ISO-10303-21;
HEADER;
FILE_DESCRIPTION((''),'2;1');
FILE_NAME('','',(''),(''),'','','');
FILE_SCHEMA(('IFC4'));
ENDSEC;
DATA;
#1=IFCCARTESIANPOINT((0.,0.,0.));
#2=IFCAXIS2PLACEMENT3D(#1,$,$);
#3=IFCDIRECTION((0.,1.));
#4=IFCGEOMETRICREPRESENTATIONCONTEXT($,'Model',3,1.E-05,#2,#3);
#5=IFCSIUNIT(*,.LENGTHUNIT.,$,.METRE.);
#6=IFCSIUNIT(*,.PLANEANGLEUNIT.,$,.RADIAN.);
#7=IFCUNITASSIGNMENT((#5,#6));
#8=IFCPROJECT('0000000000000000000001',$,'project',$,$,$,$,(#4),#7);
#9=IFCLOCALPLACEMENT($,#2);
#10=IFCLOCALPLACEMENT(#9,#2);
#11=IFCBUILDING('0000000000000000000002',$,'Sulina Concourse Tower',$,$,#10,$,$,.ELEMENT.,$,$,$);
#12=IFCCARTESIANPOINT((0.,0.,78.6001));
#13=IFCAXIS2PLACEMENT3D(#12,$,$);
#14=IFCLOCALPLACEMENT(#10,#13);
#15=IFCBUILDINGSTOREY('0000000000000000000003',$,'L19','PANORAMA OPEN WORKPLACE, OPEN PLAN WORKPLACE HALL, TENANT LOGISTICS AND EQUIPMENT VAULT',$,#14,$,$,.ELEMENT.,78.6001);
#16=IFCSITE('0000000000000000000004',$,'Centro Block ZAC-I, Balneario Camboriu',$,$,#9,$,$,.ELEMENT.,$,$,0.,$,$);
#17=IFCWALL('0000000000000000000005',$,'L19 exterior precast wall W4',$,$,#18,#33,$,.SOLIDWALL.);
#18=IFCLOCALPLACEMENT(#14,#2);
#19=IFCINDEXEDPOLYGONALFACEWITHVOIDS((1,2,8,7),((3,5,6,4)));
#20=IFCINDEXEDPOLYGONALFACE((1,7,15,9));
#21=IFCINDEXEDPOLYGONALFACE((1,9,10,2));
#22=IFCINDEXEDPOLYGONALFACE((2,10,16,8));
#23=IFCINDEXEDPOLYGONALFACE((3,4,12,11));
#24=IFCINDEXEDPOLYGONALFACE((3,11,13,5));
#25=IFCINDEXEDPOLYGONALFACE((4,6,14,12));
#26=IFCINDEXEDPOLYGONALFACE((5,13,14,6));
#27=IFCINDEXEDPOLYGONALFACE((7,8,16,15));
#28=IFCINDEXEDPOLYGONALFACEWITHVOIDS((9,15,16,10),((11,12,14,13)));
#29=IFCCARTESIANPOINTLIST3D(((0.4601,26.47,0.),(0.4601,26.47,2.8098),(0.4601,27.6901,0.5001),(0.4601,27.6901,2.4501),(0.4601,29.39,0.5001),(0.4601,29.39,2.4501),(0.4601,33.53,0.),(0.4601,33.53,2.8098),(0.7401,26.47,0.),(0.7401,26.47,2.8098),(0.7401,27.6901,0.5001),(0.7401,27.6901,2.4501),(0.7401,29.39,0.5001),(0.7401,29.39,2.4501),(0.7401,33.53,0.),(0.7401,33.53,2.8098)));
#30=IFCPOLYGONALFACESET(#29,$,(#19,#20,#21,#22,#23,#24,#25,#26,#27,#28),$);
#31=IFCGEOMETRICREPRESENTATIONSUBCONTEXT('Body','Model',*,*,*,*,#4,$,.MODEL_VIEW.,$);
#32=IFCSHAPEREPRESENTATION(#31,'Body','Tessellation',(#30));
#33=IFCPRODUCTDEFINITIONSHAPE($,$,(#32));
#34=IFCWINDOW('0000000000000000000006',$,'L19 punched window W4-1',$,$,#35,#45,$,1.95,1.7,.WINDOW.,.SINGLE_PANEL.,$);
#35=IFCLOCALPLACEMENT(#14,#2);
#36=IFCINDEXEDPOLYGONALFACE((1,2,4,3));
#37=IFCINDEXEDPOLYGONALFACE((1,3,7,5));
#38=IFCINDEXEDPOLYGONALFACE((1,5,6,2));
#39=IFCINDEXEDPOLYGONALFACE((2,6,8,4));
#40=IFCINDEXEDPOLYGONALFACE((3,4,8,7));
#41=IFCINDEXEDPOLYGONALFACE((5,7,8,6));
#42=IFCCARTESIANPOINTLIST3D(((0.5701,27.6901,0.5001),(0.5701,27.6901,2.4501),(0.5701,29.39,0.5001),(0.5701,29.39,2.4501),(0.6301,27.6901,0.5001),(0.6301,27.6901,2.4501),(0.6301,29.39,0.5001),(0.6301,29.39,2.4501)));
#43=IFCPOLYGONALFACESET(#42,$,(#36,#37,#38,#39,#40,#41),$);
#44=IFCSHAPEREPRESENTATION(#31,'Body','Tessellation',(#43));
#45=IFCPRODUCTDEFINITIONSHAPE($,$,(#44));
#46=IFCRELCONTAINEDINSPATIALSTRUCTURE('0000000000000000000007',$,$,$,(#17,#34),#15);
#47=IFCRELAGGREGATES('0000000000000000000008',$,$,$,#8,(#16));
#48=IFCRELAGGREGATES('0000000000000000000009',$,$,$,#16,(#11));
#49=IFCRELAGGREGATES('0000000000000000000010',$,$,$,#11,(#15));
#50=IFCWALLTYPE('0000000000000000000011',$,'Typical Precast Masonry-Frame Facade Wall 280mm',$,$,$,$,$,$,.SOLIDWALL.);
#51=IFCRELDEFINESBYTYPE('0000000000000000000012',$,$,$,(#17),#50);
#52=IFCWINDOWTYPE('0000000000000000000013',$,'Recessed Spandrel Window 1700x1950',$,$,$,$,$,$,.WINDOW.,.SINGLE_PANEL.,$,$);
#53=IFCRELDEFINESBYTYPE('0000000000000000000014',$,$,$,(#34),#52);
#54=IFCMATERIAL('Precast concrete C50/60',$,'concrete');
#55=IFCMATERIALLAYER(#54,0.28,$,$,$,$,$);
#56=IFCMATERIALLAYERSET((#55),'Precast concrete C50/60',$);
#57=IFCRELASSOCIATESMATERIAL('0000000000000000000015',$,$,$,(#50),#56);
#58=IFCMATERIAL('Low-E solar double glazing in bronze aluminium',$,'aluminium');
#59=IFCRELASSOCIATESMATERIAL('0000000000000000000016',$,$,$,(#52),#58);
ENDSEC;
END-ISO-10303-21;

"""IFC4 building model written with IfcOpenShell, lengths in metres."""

from ifc_helpers import new_model, si_unit, direction, frame, frame_2d, origin, place, context, subcontext, project, spatial, rectangle, extrude, material, layer, layer_set, type_object, element, fill, save


model = new_model("IFC4")

# Units and contexts
model_context = context("Model", 3, precision=1e-05, world=origin(), true_north=direction((0.0, 1.0)))
body_context = subcontext(model_context, "Body", "Model", "MODEL_VIEW")
ifc_project = project(units=[si_unit("LENGTHUNIT", "METRE"), si_unit("PLANEANGLEUNIT", "RADIAN")], contexts=[model_context])

# Site, building, storey
site_placement = place(None, origin())
site = spatial("IfcSite", under=ifc_project, at=site_placement, Name="Centro Block ZAC-I, Balneario Camboriu", CompositionType="ELEMENT", RefElevation=0.0)
building_placement = place(site_placement, origin())
building = spatial("IfcBuilding", under=site, at=building_placement, Name="Sulina Concourse Tower", CompositionType="ELEMENT")
storey_placement = place(building_placement, frame((0.0, 0.0, 78.6001)))
storey = spatial("IfcBuildingStorey", under=building, at=storey_placement, Name="L19", Description="PANORAMA OPEN WORKPLACE, OPEN PLAN WORKPLACE HALL, TENANT LOGISTICS AND EQUIPMENT VAULT", CompositionType="ELEMENT", Elevation=78.6001)

# Shared definitions
ifc_material_1 = material(Name="Precast concrete C50/60", Category="concrete")
ifc_layer_1 = layer(ifc_material_1, 0.28)
ifc_layer_set_1 = layer_set([ifc_layer_1], Name="Precast concrete C50/60")
wall_type_1 = type_object("IfcWallType", Name="Typical Precast Masonry-Frame Facade Wall 280mm", PredefinedType="SOLIDWALL", material=ifc_layer_set_1)

# Wall, opening, window
wall_1_placement = place(storey_placement, frame((0.6001, 26.47, 0.0), z_axis=(0.0, 0.0, 1.0), x_axis=(0.0, 1.0, 0.0)))
wall_1 = element("IfcWall", 1, at=wall_1_placement, inside=storey, type_object=wall_type_1, Name="L19 exterior precast wall W4", PredefinedType="SOLIDWALL", context=body_context, shape_type="SweptSolid", body=[
    extrude(rectangle(XDim=7.0601, YDim=0.28, at=frame_2d((3.53, 0.0))), origin(), (0.0, 0.0, 1.0), 2.8098),
])
opening_1_placement = place(wall_1_placement, frame((1.22, 0.0, 0.5)))
opening_1 = element("IfcOpeningElement", 2, at=opening_1_placement, cuts=wall_1, PredefinedType="OPENING", context=body_context, shape_type="SweptSolid", body=[
    extrude(rectangle(XDim=1.7, YDim=1.95, at=frame_2d((0.8501, 0.9751))), frame((0.0, 0.1499, 0.0), z_axis=(0.0, -1.0, 0.0), x_axis=(1.0, 0.0, 0.0)), (0.0, 0.0, 1.0), 0.3),
])
ifc_material_2 = material(Name="Low-E solar double glazing in bronze aluminium", Category="aluminium")
window_type = type_object("IfcWindowType", Name="Recessed Spandrel Window 1700x1950", PartitioningType="SINGLE_PANEL", PredefinedType="WINDOW", material=ifc_material_2)
window_placement = place(opening_1_placement, origin())
window = element("IfcWindow", 3, at=window_placement, inside=storey, type_object=window_type, Name="L19 punched window W4-1", OverallHeight=1.95, OverallWidth=1.7, PartitioningType="SINGLE_PANEL", PredefinedType="WINDOW", context=body_context, shape_type="SweptSolid", body=[
    extrude(rectangle(XDim=1.7, YDim=1.95, at=frame_2d((0.8501, 0.9751))), frame((0.0, 0.03, 0.0), z_axis=(0.0, -1.0, 0.0), x_axis=(1.0, 0.0, 0.0)), (0.0, 0.0, 1.0), 0.0601),
])
fill(opening_1, window)

save(model, "model.ifc")
